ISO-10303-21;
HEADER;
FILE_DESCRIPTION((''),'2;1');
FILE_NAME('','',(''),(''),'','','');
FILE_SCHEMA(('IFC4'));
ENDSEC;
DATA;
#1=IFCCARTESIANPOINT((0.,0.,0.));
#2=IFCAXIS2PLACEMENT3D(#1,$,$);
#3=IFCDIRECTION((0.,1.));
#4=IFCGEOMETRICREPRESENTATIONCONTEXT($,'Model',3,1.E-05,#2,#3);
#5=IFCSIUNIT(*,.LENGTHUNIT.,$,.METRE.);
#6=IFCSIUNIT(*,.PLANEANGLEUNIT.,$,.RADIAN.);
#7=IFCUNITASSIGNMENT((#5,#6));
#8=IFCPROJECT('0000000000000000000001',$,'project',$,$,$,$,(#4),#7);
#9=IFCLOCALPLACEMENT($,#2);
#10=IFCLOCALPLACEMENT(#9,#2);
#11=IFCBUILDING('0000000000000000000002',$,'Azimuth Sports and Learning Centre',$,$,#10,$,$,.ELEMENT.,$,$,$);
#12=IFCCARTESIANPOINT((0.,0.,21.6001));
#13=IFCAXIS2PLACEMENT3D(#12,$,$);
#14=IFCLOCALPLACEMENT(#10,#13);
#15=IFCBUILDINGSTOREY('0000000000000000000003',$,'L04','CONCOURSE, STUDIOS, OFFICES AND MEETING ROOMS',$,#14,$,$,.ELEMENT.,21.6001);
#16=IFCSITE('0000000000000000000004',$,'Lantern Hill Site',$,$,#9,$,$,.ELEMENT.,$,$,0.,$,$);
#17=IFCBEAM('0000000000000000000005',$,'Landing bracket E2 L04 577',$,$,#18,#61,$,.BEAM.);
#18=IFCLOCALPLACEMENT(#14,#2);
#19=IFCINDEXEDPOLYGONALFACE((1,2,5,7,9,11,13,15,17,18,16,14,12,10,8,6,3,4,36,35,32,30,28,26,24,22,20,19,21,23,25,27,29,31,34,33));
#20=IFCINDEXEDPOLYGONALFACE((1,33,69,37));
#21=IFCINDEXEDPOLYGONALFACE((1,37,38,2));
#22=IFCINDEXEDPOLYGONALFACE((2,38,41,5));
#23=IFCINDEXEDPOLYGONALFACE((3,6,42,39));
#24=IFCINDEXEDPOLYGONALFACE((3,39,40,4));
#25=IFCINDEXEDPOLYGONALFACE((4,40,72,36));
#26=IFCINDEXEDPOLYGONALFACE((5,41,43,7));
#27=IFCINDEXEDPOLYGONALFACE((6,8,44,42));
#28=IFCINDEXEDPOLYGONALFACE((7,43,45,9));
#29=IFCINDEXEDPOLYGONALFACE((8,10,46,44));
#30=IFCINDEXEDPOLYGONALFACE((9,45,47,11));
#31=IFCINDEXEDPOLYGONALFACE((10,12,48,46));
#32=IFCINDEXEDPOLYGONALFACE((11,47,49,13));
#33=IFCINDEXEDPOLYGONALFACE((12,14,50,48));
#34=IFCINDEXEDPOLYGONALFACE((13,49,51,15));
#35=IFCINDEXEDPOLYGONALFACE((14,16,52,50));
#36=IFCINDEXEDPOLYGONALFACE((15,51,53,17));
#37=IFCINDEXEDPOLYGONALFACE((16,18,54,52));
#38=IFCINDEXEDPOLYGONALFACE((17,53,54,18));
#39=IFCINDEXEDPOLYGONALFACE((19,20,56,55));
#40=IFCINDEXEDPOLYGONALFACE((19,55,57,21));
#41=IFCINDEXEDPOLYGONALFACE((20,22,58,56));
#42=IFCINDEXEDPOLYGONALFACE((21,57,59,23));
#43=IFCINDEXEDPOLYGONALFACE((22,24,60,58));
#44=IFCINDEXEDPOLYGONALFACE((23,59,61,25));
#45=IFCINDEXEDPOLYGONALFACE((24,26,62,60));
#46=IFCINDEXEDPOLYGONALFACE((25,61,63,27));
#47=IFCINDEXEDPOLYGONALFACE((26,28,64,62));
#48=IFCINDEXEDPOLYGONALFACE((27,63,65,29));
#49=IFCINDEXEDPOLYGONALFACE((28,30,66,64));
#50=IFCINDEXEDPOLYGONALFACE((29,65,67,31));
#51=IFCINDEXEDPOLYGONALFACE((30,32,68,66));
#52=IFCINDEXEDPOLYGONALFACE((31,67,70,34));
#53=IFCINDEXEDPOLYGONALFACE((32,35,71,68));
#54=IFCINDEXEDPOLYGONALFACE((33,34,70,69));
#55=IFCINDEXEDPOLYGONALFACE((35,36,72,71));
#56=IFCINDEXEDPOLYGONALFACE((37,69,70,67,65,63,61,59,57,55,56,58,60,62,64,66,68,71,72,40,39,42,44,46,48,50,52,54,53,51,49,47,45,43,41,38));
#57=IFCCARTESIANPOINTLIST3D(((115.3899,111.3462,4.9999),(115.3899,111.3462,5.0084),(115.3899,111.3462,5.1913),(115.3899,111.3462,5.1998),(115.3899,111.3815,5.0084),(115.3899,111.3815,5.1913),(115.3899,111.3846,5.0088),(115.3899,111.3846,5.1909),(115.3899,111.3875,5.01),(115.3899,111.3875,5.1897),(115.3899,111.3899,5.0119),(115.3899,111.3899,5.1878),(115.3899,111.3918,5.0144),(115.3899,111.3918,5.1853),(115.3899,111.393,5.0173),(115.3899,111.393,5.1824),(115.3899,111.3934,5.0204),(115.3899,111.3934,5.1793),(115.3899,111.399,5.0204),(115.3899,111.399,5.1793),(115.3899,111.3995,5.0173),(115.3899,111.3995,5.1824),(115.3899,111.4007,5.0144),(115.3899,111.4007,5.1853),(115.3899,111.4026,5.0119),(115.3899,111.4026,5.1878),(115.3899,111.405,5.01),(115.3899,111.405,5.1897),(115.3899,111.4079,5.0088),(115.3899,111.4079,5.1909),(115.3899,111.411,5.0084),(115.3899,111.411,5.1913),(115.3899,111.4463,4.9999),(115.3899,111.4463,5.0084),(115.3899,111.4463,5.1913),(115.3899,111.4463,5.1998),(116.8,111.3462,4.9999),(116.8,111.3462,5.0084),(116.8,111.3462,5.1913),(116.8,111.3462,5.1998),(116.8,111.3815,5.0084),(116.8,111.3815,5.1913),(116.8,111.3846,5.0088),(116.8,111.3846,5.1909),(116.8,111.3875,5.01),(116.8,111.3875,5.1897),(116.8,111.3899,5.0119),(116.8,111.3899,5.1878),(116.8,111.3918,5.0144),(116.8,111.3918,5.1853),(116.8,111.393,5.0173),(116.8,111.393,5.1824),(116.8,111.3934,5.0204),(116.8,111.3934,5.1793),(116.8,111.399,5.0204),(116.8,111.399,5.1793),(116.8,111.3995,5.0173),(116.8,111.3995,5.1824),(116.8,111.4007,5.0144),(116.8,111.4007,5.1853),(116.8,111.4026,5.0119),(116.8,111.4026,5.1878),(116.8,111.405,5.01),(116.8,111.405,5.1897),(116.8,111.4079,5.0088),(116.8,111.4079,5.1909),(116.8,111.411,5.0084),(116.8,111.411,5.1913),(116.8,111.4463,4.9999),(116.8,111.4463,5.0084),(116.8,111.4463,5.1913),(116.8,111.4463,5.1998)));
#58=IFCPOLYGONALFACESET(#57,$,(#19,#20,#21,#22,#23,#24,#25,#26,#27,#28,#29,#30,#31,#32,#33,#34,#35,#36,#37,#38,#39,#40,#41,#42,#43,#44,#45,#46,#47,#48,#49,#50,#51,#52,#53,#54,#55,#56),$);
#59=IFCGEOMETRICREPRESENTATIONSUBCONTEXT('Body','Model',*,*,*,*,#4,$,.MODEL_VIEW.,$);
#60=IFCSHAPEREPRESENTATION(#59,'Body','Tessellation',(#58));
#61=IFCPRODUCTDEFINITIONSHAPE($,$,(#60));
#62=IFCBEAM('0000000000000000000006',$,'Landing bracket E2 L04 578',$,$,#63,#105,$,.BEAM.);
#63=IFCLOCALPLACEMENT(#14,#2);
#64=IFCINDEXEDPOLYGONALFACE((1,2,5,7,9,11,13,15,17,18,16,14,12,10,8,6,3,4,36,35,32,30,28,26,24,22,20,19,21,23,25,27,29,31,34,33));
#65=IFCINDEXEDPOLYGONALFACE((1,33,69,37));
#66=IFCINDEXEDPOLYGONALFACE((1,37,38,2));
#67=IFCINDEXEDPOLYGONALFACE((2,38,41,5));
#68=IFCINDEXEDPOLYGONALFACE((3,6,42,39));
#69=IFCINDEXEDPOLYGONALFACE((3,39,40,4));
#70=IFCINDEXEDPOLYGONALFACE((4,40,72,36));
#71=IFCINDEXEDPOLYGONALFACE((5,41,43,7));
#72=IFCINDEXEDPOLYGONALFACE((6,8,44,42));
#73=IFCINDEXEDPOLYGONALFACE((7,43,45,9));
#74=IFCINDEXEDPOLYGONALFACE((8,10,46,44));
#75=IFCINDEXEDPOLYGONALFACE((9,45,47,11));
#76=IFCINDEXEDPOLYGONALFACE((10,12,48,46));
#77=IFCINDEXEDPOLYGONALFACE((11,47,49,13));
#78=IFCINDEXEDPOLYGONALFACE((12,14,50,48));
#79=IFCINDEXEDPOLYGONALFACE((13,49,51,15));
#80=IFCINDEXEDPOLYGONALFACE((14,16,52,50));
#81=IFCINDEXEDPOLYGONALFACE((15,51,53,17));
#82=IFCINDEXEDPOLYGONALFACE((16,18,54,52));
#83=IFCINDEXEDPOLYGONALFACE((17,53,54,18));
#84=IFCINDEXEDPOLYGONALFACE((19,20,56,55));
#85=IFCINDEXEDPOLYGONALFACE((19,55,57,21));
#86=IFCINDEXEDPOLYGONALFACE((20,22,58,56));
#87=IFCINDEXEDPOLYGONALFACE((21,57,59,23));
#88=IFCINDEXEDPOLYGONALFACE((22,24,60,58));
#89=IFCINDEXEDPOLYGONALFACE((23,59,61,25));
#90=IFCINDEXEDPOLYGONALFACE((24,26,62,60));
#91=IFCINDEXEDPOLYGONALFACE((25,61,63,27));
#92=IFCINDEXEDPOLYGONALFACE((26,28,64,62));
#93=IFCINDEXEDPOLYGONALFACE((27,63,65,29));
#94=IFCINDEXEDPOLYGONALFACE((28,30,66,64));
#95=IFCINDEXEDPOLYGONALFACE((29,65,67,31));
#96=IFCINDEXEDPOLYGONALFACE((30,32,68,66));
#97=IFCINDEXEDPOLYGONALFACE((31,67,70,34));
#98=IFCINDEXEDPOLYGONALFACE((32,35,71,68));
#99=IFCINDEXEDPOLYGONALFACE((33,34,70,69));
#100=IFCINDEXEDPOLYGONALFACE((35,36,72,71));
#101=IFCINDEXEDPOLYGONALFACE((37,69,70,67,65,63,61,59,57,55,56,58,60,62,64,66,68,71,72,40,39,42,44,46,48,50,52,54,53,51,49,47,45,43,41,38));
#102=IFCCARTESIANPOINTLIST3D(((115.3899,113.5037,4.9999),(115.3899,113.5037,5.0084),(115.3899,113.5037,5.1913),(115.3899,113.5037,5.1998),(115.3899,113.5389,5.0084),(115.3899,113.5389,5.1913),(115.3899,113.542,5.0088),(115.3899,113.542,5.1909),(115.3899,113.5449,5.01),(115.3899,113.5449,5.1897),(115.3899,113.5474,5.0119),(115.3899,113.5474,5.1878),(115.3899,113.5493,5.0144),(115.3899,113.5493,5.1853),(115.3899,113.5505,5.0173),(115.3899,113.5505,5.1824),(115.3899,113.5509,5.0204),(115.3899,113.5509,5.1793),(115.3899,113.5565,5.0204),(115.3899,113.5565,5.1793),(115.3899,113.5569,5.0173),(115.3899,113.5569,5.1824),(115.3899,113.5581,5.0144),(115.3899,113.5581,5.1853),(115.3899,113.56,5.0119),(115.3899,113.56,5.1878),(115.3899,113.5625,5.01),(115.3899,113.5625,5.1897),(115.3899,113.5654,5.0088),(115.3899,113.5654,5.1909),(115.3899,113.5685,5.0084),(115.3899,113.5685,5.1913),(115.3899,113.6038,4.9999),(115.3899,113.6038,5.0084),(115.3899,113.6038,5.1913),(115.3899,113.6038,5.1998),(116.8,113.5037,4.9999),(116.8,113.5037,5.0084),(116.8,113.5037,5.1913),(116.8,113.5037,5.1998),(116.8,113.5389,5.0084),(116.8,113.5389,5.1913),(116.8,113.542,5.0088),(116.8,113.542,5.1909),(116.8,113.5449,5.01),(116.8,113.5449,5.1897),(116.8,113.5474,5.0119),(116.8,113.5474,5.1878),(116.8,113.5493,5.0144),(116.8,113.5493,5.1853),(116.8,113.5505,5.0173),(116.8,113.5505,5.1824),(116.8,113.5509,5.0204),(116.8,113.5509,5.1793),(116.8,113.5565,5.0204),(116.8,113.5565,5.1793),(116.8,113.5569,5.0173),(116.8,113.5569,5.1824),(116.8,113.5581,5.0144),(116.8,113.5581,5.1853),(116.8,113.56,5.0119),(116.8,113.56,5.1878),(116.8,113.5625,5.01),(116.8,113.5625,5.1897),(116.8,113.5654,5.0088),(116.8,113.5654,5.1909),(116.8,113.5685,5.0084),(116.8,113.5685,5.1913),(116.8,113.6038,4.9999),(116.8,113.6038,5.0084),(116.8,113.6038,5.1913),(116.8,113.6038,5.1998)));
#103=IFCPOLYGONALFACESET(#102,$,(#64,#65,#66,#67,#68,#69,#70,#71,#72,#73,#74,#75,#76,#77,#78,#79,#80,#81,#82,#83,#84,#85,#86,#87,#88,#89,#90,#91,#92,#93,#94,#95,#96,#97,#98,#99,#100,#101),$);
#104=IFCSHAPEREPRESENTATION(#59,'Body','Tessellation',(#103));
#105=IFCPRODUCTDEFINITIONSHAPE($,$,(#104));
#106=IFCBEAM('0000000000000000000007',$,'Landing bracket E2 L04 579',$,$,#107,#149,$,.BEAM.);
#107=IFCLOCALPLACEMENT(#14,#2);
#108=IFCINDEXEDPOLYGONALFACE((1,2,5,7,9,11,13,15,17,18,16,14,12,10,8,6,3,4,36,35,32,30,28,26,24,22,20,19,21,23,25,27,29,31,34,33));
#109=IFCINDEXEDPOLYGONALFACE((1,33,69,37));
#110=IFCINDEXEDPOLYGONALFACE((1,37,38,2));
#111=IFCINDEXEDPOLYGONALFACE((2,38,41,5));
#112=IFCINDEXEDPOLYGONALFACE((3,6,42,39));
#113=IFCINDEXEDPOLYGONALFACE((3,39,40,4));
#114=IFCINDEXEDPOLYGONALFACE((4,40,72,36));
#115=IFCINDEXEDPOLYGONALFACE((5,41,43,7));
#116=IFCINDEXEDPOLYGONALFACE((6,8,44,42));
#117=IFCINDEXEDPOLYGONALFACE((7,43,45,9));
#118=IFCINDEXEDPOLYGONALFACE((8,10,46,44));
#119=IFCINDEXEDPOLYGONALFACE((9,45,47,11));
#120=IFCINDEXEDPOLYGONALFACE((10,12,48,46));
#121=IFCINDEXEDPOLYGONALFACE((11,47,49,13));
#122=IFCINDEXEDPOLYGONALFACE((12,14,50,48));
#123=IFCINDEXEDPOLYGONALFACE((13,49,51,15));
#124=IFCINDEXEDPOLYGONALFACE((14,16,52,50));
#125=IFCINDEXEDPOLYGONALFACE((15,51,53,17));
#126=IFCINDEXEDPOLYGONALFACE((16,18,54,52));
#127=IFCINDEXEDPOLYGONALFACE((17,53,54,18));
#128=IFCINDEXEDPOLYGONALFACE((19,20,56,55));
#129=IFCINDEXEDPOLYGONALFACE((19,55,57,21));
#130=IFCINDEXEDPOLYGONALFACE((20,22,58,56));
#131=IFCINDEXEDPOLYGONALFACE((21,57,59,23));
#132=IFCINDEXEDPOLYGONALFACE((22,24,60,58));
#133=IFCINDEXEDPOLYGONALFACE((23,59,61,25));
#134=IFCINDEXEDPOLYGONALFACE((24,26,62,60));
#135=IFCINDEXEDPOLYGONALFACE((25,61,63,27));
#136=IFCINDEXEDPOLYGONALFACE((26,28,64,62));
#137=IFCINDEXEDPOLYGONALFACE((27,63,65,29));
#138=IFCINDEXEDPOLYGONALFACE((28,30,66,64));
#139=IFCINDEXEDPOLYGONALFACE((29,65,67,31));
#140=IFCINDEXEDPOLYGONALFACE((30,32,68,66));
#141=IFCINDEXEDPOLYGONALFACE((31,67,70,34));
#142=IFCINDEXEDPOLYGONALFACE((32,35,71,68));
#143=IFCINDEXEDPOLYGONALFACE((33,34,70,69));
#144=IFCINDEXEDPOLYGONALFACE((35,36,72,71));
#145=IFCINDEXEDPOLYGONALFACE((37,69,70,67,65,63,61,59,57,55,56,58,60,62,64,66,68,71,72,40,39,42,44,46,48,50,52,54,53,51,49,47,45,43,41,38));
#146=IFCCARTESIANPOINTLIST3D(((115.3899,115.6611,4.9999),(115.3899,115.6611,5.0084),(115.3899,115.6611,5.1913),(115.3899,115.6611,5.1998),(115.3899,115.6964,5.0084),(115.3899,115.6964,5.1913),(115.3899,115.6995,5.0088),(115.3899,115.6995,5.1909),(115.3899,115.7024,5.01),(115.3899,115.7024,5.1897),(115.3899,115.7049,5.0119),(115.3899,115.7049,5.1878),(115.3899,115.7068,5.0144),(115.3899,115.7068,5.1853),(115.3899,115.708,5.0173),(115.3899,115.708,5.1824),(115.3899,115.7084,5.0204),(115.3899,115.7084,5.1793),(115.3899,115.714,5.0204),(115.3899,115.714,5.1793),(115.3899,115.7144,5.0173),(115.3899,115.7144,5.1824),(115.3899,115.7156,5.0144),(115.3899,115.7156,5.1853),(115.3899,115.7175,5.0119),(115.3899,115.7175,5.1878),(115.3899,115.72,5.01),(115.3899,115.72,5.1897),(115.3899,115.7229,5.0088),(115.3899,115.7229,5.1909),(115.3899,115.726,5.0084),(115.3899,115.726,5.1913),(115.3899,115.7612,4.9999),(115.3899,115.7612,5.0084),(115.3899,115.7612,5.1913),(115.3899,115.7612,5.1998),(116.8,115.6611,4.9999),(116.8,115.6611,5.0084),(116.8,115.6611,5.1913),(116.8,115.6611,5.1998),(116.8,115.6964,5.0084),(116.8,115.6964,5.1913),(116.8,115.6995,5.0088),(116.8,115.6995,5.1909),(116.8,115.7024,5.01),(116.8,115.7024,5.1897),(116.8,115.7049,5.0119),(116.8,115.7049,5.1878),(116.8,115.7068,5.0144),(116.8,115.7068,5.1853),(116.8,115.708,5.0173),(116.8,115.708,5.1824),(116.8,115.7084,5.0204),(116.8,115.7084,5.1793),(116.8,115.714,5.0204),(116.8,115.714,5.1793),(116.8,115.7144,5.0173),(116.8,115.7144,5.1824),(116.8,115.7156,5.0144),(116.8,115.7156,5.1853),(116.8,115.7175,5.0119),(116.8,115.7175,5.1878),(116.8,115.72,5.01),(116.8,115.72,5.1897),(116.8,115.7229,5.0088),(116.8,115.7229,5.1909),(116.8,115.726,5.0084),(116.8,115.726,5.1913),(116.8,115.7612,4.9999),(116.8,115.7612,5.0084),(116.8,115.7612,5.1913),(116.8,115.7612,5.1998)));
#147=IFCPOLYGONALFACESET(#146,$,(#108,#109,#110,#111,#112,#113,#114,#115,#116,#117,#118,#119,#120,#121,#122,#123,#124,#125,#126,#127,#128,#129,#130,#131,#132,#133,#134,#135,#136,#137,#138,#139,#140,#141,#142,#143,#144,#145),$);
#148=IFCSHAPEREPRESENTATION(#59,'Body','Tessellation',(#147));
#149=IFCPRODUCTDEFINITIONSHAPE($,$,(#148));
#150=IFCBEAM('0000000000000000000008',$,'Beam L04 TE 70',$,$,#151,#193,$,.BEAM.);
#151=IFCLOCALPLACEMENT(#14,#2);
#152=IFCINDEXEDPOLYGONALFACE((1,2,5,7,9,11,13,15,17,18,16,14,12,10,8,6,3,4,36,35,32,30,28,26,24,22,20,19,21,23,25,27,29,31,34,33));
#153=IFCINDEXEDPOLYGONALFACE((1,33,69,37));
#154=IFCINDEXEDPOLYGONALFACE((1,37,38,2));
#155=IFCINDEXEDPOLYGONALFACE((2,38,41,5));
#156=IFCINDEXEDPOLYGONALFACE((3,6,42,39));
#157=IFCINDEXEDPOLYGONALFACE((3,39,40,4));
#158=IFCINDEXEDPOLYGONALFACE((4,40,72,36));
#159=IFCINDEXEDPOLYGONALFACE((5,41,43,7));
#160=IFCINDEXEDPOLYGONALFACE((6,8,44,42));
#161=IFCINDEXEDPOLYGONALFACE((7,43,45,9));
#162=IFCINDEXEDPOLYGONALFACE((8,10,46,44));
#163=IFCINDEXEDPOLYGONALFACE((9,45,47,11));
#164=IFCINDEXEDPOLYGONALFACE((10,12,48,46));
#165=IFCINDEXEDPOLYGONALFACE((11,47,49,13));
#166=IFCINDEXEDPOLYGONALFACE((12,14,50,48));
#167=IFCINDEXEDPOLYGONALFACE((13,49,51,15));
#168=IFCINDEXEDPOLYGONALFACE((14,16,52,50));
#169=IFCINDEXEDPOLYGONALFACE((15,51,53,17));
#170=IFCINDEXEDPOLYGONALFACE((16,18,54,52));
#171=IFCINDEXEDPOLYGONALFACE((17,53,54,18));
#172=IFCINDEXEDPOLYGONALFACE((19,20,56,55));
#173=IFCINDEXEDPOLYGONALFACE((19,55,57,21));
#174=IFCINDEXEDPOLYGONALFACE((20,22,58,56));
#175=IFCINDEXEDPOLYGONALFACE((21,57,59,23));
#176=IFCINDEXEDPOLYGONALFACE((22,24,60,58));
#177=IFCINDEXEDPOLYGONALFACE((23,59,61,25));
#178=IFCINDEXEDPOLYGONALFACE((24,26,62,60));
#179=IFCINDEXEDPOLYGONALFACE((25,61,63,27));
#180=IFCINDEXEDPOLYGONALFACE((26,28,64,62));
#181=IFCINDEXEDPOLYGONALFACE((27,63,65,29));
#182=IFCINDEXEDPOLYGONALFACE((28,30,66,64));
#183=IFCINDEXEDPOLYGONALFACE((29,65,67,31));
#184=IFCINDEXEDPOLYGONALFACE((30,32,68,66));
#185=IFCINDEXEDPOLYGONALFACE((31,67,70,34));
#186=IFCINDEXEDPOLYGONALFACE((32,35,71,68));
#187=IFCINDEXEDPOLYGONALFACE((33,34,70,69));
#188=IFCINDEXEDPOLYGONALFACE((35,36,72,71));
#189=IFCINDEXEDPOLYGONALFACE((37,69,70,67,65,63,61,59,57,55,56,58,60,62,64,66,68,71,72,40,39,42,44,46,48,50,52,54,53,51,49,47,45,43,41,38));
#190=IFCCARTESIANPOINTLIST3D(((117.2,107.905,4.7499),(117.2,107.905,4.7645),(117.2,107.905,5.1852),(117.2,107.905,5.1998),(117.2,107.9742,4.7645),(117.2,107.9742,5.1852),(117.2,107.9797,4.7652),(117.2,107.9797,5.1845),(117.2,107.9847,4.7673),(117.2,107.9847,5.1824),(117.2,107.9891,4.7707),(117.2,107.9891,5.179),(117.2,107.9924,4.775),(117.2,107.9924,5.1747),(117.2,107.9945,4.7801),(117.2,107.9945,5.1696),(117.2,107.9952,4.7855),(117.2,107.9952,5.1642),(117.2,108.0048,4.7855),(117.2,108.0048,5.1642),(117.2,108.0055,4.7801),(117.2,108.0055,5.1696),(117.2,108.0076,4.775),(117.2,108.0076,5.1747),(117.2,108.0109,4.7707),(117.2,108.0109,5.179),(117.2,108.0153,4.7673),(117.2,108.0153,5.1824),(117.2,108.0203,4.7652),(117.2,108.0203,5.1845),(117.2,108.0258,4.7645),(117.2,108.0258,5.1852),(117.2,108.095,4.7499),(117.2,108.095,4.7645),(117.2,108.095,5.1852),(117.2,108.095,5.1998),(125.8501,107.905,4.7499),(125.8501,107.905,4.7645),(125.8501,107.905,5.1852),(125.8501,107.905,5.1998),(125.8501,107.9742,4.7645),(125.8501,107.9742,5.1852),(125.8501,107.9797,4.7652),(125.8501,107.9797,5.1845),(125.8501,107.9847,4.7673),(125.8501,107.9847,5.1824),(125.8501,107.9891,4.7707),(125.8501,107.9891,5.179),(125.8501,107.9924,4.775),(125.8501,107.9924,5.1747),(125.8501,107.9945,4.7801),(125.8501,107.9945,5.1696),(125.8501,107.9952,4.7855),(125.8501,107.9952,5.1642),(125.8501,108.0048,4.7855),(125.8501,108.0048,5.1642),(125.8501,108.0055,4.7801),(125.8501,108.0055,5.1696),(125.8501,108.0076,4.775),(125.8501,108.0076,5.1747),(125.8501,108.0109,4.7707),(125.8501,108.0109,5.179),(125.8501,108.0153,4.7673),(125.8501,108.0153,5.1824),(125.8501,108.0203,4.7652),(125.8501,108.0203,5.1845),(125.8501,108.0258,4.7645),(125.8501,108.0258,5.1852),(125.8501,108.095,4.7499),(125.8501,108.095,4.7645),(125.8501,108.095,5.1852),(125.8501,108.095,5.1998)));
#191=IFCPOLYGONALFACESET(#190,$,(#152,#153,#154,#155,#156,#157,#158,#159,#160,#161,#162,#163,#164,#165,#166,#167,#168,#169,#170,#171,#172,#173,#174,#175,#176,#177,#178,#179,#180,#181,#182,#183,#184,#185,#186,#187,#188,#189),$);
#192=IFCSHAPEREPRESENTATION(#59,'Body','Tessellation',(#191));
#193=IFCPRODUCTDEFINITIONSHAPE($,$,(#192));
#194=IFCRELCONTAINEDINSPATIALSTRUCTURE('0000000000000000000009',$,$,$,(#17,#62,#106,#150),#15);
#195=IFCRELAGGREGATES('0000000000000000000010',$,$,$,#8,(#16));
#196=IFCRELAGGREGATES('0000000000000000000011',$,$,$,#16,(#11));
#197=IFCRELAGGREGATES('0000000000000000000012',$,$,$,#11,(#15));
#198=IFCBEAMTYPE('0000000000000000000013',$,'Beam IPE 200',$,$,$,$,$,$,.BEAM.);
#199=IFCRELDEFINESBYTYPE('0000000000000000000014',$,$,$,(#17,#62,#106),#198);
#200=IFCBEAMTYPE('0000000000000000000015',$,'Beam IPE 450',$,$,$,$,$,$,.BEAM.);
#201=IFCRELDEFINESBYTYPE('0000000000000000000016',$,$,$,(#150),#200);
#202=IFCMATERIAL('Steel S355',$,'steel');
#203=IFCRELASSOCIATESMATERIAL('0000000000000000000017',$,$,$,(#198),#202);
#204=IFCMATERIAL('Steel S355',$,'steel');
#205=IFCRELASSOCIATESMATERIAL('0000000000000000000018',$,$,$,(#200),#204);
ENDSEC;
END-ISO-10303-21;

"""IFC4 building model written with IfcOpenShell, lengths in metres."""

from ifc_helpers import new_model, si_unit, direction, frame, origin, origin_2d, place, context, subcontext, project, spatial, i_section, extrude, material, material_profile, profile_set, type_object, element, save


model = new_model("IFC4")

# Units and contexts
model_context = context("Model", 3, precision=1e-05, world=origin(), true_north=direction((0.0, 1.0)))
body_context = subcontext(model_context, "Body", "Model", "MODEL_VIEW")
ifc_project = project(units=[si_unit("LENGTHUNIT", "METRE"), si_unit("PLANEANGLEUNIT", "RADIAN")], contexts=[model_context])

# Site, building, storey
site_placement = place(None, origin())
site = spatial("IfcSite", under=ifc_project, at=site_placement, Name="Lantern Hill Site", CompositionType="ELEMENT", RefElevation=0.0)
building_placement = place(site_placement, origin())
building = spatial("IfcBuilding", under=site, at=building_placement, Name="Azimuth Sports and Learning Centre", CompositionType="ELEMENT")
storey_placement = place(building_placement, frame((0.0, 0.0, 21.6001)))
storey = spatial("IfcBuildingStorey", under=building, at=storey_placement, Name="L04", Description="CONCOURSE, STUDIOS, OFFICES AND MEETING ROOMS", CompositionType="ELEMENT", Elevation=21.6001)

# Beams
ifc_material_1 = material(Name="Steel S355", Category="steel")
ifc_material_profile_1 = material_profile(ifc_material_1, i_section(OverallWidth=0.1001, OverallDepth=0.2, WebThickness=0.0056, FlangeThickness=0.0085, FilletRadius=0.012, at=origin_2d()), Name="IPE 200")
ifc_profile_set_1 = profile_set([ifc_material_profile_1], Name="Steel S355")
beam_type_1 = type_object("IfcBeamType", Name="Beam IPE 200", PredefinedType="BEAM", material=ifc_profile_set_1)
for number, where, z_axis, x_axis, name in (
    (1, (116.8, 111.3962, 5.0999), (-1.0, 0.0, 0.0), (0.0, -1.0, 0.0), "Landing bracket E2 L04 577"),
    (2, (116.8, 113.5537, 5.0999), (-1.0, 0.0, 0.0), (0.0, -1.0, 0.0), "Landing bracket E2 L04 578"),
    (3, (116.8, 115.7112, 5.0999), (-1.0, 0.0, 0.0), (0.0, -1.0, 0.0), "Landing bracket E2 L04 579"),
):
    element("IfcBeam", number, at=place(storey_placement, frame(where, z_axis=z_axis, x_axis=x_axis)), inside=storey, type_object=beam_type_1, Name=name, PredefinedType="BEAM", context=body_context, shape_type="SweptSolid", body=[
        extrude(i_section(OverallWidth=0.1001, OverallDepth=0.2, WebThickness=0.0056, FlangeThickness=0.0085, FilletRadius=0.012, at=origin_2d()), origin(), (0.0, 0.0, 1.0), 1.4102),
    ])
ifc_material_2 = material(Name="Steel S355", Category="steel")
ifc_material_profile_2 = material_profile(ifc_material_2, i_section(OverallWidth=0.1899, OverallDepth=0.45, WebThickness=0.0095, FlangeThickness=0.0146, FilletRadius=0.021, at=origin_2d()), Name="IPE 450")
ifc_profile_set_2 = profile_set([ifc_material_profile_2], Name="Steel S355")
beam_type_2 = type_object("IfcBeamType", Name="Beam IPE 450", PredefinedType="BEAM", material=ifc_profile_set_2)
beam_1_placement = place(storey_placement, frame((117.2, 108.0, 4.9749), z_axis=(1.0, 0.0, 0.0), x_axis=(0.0, 1.0, 0.0)))
element("IfcBeam", 4, at=beam_1_placement, inside=storey, type_object=beam_type_2, Name="Beam L04 TE 70", PredefinedType="BEAM", context=body_context, shape_type="SweptSolid", body=[
    extrude(i_section(OverallWidth=0.1899, OverallDepth=0.45, WebThickness=0.0095, FlangeThickness=0.0146, FilletRadius=0.021, at=origin_2d()), origin(), (0.0, 0.0, 1.0), 8.6501),
])

save(model, "model.ifc")
